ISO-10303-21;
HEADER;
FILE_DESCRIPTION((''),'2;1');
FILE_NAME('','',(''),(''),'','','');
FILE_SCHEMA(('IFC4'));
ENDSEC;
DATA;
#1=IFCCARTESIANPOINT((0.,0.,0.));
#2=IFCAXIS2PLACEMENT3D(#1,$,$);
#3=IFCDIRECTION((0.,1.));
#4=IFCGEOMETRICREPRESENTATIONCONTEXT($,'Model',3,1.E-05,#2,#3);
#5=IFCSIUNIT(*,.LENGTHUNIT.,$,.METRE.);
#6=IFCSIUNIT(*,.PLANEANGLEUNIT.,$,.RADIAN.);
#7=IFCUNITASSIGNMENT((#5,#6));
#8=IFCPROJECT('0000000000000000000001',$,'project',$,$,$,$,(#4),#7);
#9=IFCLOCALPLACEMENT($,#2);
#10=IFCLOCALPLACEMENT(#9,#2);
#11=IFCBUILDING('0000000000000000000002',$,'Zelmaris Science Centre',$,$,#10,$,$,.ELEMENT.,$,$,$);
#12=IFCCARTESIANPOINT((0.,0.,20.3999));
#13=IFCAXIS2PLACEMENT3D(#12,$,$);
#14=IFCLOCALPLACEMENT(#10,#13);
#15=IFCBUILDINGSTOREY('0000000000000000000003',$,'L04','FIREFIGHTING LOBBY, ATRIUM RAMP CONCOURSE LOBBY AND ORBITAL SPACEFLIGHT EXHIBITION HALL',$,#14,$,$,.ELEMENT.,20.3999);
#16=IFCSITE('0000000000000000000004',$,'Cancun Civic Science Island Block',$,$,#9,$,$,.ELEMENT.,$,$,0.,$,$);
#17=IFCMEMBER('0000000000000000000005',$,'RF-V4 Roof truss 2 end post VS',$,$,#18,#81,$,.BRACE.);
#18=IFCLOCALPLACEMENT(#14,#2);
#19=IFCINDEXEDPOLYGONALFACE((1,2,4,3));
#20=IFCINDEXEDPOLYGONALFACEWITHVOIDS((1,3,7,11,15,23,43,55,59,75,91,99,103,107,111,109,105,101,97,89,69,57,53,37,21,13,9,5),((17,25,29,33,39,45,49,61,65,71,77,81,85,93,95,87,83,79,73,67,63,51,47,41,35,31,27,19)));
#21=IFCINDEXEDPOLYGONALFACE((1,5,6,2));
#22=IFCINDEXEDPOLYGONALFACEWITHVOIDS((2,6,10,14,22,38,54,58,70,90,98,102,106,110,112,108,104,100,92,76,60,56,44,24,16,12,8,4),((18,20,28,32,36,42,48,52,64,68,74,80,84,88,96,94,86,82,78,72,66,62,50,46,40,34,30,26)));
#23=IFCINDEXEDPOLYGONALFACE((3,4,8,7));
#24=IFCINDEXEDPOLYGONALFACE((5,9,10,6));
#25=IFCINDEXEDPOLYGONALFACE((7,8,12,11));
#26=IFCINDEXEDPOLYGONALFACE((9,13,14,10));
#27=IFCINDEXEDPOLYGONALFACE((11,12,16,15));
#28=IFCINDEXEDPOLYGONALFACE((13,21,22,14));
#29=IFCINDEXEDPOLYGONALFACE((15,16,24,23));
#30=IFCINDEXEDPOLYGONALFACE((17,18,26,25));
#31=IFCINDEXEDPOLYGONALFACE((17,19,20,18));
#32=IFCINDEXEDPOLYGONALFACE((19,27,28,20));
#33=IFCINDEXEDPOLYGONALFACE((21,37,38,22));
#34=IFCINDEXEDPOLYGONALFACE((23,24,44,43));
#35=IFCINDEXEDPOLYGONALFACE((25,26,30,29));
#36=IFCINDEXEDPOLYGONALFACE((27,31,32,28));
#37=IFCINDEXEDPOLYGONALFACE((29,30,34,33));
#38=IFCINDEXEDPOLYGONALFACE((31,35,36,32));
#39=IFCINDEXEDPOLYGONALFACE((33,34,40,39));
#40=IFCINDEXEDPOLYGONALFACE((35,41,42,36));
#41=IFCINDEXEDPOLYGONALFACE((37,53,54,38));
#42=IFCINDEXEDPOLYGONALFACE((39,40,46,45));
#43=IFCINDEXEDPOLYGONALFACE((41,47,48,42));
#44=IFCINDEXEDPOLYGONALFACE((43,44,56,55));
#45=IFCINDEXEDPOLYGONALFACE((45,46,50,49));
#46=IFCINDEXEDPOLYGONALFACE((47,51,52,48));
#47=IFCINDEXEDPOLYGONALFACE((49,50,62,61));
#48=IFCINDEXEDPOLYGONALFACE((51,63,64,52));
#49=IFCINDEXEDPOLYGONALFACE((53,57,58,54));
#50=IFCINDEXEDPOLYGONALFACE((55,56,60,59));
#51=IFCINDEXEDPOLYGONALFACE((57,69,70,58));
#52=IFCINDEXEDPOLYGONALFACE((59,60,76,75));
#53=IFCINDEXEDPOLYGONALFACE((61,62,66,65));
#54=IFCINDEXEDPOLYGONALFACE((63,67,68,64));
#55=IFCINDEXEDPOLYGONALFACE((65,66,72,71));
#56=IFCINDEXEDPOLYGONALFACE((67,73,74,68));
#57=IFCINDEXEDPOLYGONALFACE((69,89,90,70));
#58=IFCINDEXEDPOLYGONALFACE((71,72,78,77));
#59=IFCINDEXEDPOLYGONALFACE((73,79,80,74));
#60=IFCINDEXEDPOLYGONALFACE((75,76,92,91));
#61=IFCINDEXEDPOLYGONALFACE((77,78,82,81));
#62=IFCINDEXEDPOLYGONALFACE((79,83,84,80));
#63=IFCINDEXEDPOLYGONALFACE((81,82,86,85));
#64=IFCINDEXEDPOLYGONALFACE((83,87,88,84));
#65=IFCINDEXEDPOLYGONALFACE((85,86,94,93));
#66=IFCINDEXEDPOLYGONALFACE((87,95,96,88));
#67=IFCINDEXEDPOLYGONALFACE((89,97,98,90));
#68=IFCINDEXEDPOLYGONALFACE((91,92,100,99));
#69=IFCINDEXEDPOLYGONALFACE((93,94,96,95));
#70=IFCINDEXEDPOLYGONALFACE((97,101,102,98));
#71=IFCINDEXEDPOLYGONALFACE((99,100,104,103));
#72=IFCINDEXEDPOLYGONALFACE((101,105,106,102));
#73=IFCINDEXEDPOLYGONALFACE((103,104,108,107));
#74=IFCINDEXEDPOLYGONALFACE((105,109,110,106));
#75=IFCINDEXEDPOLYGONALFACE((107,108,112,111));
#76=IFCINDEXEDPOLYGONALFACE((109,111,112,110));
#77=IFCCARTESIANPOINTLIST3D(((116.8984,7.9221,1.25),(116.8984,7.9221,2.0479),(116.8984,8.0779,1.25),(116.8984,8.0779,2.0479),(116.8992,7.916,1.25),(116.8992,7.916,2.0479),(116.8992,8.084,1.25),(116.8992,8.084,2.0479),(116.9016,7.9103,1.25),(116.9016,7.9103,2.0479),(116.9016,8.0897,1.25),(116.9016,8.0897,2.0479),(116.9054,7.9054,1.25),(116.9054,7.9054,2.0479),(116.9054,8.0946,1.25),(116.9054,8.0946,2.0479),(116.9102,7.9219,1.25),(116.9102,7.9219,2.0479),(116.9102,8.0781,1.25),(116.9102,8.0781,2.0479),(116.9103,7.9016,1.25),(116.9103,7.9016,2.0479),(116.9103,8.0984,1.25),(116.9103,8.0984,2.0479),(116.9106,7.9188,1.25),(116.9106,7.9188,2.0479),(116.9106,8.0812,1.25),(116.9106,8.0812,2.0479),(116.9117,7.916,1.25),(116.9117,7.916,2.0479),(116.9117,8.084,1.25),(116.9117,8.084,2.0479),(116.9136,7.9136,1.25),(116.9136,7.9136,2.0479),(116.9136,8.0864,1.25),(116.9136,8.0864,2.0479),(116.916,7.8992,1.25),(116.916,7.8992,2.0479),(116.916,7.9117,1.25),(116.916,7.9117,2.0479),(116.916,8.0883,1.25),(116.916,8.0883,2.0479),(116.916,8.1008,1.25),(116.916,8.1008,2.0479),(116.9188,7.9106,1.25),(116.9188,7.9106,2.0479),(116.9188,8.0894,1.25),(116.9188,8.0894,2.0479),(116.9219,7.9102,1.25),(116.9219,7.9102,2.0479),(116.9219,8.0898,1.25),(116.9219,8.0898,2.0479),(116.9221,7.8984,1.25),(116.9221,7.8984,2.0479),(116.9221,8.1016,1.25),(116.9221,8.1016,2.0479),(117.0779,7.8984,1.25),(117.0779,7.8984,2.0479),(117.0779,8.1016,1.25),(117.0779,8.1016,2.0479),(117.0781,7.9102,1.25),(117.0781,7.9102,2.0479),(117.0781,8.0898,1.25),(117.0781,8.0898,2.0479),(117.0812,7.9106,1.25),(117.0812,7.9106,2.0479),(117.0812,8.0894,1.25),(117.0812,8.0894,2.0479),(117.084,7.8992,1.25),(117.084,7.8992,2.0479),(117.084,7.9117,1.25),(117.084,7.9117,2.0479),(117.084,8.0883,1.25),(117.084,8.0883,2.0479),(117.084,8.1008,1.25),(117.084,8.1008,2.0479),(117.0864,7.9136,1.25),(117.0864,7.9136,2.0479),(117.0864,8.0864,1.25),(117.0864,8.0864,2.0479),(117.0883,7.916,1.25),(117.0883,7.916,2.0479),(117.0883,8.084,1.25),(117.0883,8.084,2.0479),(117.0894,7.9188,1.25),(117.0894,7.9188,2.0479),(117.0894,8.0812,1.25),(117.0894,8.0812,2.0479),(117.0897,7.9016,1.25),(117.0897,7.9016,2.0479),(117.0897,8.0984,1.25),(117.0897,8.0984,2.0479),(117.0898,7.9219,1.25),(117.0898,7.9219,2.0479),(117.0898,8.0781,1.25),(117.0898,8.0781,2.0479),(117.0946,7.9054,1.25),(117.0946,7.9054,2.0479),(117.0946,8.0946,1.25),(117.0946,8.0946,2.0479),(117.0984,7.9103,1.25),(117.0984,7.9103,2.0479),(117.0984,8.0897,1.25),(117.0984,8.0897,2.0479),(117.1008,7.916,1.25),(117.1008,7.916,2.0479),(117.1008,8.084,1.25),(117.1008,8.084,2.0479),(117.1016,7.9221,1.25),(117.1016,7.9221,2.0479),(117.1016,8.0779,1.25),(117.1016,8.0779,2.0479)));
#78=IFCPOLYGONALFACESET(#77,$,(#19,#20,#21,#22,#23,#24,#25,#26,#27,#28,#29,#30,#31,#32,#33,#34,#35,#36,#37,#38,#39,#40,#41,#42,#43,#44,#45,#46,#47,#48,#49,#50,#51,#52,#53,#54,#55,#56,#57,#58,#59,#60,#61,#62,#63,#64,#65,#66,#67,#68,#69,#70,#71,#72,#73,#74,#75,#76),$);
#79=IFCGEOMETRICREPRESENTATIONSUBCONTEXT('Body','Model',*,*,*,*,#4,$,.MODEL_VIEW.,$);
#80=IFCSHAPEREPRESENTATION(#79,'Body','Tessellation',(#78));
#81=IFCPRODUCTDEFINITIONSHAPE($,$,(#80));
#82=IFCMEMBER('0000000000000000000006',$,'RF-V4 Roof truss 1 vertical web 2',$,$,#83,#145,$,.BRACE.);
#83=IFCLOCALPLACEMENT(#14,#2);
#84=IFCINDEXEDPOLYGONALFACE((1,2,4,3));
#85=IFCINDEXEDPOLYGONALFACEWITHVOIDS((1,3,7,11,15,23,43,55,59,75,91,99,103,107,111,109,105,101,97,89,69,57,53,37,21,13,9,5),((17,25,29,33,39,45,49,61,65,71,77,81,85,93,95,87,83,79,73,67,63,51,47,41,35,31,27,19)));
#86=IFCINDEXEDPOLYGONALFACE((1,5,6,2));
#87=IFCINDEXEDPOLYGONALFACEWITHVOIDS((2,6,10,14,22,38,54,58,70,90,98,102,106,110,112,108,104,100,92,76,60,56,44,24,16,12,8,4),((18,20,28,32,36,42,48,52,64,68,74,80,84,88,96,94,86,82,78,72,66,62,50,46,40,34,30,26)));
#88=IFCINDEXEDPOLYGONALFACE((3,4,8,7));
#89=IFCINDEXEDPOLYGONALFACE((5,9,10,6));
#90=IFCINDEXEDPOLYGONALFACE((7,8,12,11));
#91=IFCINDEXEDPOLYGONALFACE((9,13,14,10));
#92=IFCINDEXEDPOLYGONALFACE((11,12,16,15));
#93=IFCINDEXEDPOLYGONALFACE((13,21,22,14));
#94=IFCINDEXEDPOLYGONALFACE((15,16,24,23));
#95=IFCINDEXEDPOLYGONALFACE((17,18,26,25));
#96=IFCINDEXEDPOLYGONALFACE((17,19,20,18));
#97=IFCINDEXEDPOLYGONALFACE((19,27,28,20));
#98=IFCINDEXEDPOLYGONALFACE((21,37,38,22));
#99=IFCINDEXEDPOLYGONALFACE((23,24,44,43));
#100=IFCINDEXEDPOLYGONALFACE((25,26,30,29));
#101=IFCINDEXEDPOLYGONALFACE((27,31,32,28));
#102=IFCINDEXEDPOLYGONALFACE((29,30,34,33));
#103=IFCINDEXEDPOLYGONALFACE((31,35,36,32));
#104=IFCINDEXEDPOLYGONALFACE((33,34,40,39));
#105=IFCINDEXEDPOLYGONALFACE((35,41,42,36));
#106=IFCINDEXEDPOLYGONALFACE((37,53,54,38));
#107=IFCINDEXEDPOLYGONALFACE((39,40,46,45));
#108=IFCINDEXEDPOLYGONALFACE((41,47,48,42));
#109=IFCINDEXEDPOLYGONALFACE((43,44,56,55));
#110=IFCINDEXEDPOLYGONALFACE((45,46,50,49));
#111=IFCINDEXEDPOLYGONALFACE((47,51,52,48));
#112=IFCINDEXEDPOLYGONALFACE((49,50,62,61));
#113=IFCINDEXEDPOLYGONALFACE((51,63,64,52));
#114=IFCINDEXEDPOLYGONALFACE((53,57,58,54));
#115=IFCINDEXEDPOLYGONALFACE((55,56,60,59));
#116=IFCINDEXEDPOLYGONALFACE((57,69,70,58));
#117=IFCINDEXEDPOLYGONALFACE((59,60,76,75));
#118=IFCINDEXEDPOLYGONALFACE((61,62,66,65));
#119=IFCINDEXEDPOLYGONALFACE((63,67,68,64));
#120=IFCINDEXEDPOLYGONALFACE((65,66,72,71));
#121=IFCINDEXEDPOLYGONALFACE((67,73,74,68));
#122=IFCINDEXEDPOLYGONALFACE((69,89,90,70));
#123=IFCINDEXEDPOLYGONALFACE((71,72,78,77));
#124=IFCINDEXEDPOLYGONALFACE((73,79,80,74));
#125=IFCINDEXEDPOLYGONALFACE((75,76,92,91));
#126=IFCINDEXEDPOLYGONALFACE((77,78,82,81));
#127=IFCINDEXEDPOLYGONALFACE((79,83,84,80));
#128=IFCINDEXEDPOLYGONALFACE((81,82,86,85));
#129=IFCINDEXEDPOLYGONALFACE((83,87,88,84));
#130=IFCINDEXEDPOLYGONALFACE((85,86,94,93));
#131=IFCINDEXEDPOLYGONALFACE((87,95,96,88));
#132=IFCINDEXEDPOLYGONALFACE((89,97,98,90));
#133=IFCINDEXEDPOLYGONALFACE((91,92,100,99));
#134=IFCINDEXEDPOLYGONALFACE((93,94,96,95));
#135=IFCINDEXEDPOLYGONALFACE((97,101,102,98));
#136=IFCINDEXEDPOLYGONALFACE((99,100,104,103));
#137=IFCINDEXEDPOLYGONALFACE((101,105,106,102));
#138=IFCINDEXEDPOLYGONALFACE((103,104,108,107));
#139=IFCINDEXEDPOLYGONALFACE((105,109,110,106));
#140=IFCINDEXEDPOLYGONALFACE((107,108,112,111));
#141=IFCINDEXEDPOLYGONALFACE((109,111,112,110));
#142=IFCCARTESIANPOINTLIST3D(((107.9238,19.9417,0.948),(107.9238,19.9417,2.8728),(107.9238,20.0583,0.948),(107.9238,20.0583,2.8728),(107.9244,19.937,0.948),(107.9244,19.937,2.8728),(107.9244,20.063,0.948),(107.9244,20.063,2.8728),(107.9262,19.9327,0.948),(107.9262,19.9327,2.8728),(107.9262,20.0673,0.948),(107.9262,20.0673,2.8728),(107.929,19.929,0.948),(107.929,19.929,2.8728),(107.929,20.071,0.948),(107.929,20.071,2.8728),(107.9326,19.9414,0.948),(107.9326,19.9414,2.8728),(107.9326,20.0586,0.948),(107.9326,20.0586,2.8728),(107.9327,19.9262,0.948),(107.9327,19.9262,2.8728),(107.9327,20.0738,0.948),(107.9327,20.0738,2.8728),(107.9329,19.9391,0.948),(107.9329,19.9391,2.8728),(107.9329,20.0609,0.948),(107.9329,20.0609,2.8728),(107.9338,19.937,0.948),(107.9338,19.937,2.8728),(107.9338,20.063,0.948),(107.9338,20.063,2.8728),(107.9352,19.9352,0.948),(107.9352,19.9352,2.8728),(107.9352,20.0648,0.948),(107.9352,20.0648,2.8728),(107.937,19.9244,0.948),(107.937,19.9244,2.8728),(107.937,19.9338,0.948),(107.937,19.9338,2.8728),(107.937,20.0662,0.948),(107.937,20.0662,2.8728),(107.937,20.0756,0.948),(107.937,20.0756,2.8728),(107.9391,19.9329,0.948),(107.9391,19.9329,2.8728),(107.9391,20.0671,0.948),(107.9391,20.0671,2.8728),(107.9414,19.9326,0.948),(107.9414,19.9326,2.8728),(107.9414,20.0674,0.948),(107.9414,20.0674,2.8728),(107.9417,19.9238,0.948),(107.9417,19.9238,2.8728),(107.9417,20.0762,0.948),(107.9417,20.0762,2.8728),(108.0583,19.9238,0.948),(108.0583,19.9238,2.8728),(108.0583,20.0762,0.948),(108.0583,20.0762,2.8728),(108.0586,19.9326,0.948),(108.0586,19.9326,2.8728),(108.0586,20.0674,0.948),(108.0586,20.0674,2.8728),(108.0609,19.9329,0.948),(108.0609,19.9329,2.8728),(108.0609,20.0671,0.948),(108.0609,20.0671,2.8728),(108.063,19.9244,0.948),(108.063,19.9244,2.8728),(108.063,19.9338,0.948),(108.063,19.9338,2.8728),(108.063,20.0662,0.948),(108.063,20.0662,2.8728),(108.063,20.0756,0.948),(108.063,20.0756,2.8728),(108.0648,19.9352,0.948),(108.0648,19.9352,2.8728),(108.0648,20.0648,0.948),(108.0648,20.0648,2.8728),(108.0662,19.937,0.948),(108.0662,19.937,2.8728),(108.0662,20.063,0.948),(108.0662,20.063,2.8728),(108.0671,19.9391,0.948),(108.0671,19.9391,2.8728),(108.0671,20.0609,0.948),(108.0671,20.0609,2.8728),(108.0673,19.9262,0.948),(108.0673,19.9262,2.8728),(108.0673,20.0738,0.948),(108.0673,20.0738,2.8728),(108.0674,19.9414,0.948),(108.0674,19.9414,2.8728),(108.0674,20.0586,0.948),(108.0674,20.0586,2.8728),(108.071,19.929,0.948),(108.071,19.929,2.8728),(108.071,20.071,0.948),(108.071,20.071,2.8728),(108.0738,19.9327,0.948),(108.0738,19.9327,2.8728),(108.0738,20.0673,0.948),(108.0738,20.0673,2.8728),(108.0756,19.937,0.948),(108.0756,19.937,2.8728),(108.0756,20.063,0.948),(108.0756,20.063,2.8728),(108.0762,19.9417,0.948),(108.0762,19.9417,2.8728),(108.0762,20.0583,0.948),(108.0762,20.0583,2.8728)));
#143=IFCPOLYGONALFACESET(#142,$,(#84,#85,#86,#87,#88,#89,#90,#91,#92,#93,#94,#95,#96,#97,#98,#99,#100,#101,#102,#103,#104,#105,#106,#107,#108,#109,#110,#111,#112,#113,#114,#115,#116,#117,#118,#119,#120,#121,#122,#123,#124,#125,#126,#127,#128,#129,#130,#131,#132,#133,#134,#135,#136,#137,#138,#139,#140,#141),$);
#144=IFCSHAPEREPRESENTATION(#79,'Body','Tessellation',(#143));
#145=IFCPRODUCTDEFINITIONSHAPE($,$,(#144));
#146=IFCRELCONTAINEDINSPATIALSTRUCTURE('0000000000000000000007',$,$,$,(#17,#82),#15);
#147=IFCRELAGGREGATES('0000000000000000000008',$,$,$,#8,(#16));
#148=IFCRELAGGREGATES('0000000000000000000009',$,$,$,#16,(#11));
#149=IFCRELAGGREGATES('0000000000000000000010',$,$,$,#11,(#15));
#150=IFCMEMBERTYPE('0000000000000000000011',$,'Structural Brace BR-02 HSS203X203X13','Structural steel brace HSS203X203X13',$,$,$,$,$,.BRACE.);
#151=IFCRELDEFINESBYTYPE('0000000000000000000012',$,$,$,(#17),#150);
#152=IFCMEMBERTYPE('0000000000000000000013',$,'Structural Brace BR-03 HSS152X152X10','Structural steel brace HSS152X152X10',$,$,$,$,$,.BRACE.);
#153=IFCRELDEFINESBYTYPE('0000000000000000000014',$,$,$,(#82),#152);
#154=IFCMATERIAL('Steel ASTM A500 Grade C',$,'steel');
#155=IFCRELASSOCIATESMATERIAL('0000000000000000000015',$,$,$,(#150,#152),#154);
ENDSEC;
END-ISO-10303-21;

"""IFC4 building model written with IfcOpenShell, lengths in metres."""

from ifc_helpers import new_model, si_unit, direction, frame, origin, origin_2d, place, context, subcontext, project, spatial, hollow_rectangle, extrude, material, material_profile, profile_set, type_object, element, save


model = new_model("IFC4")

# Units and contexts
model_context = context("Model", 3, precision=1e-05, world=origin(), true_north=direction((0.0, 1.0)))
body_context = subcontext(model_context, "Body", "Model", "MODEL_VIEW")
ifc_project = project(units=[si_unit("LENGTHUNIT", "METRE"), si_unit("PLANEANGLEUNIT", "RADIAN")], contexts=[model_context])

# Site, building, storey
site_placement = place(None, origin())
site = spatial("IfcSite", under=ifc_project, at=site_placement, Name="Cancun Civic Science Island Block", CompositionType="ELEMENT", RefElevation=0.0)
building_placement = place(site_placement, origin())
building = spatial("IfcBuilding", under=site, at=building_placement, Name="Zelmaris Science Centre", CompositionType="ELEMENT")
storey_placement = place(building_placement, frame((0.0, 0.0, 20.3999)))
storey = spatial("IfcBuildingStorey", under=building, at=storey_placement, Name="L04", Description="FIREFIGHTING LOBBY, ATRIUM RAMP CONCOURSE LOBBY AND ORBITAL SPACEFLIGHT EXHIBITION HALL", CompositionType="ELEMENT", Elevation=20.3999)

# Shared definitions
ifc_material_1 = material(Name="Steel ASTM A500 Grade C", Category="steel")

# Members
ifc_material_profile_1 = material_profile(ifc_material_1, hollow_rectangle(XDim=0.2031, YDim=0.2031, WallThickness=0.0117, InnerFilletRadius=0.0117, OuterFilletRadius=0.0237, at=origin_2d()), Name="HSS203X203X13")
ifc_profile_set_1 = profile_set([ifc_material_profile_1], Name="Steel ASTM A500 Grade C")
member_type_1 = type_object("IfcMemberType", Name="Structural Brace BR-02 HSS203X203X13", Description="Structural steel brace HSS203X203X13", PredefinedType="BRACE", material=ifc_profile_set_1)
member_1_placement = place(storey_placement, frame((117.0, 8.0, 1.25), z_axis=(0.0, 0.0, 1.0), x_axis=(1.0, 0.0, 0.0)))
element("IfcMember", 1, at=member_1_placement, inside=storey, type_object=member_type_1, Name="RF-V4 Roof truss 2 end post VS", PredefinedType="BRACE", context=body_context, shape_type="SweptSolid", body=[
    extrude(hollow_rectangle(XDim=0.2031, YDim=0.2031, WallThickness=0.0117, InnerFilletRadius=0.0117, OuterFilletRadius=0.0237, at=origin_2d()), origin(), (0.0, 0.0, 1.0), 0.7979),
])
ifc_material_profile_2 = material_profile(ifc_material_1, hollow_rectangle(XDim=0.1523, YDim=0.1523, WallThickness=0.0088, InnerFilletRadius=0.0088, OuterFilletRadius=0.0178, at=origin_2d()), Name="HSS152X152X10")
ifc_profile_set_2 = profile_set([ifc_material_profile_2], Name="Steel ASTM A500 Grade C")
member_type_2 = type_object("IfcMemberType", Name="Structural Brace BR-03 HSS152X152X10", Description="Structural steel brace HSS152X152X10", PredefinedType="BRACE", material=ifc_profile_set_2)
member_2_placement = place(storey_placement, frame((108.0, 20.0, 0.948), z_axis=(0.0, 0.0, 1.0), x_axis=(1.0, 0.0, 0.0)))
element("IfcMember", 2, at=member_2_placement, inside=storey, type_object=member_type_2, Name="RF-V4 Roof truss 1 vertical web 2", PredefinedType="BRACE", context=body_context, shape_type="SweptSolid", body=[
    extrude(hollow_rectangle(XDim=0.1523, YDim=0.1523, WallThickness=0.0088, InnerFilletRadius=0.0088, OuterFilletRadius=0.0178, at=origin_2d()), origin(), (0.0, 0.0, 1.0), 1.9248),
])

save(model, "model.ifc")
